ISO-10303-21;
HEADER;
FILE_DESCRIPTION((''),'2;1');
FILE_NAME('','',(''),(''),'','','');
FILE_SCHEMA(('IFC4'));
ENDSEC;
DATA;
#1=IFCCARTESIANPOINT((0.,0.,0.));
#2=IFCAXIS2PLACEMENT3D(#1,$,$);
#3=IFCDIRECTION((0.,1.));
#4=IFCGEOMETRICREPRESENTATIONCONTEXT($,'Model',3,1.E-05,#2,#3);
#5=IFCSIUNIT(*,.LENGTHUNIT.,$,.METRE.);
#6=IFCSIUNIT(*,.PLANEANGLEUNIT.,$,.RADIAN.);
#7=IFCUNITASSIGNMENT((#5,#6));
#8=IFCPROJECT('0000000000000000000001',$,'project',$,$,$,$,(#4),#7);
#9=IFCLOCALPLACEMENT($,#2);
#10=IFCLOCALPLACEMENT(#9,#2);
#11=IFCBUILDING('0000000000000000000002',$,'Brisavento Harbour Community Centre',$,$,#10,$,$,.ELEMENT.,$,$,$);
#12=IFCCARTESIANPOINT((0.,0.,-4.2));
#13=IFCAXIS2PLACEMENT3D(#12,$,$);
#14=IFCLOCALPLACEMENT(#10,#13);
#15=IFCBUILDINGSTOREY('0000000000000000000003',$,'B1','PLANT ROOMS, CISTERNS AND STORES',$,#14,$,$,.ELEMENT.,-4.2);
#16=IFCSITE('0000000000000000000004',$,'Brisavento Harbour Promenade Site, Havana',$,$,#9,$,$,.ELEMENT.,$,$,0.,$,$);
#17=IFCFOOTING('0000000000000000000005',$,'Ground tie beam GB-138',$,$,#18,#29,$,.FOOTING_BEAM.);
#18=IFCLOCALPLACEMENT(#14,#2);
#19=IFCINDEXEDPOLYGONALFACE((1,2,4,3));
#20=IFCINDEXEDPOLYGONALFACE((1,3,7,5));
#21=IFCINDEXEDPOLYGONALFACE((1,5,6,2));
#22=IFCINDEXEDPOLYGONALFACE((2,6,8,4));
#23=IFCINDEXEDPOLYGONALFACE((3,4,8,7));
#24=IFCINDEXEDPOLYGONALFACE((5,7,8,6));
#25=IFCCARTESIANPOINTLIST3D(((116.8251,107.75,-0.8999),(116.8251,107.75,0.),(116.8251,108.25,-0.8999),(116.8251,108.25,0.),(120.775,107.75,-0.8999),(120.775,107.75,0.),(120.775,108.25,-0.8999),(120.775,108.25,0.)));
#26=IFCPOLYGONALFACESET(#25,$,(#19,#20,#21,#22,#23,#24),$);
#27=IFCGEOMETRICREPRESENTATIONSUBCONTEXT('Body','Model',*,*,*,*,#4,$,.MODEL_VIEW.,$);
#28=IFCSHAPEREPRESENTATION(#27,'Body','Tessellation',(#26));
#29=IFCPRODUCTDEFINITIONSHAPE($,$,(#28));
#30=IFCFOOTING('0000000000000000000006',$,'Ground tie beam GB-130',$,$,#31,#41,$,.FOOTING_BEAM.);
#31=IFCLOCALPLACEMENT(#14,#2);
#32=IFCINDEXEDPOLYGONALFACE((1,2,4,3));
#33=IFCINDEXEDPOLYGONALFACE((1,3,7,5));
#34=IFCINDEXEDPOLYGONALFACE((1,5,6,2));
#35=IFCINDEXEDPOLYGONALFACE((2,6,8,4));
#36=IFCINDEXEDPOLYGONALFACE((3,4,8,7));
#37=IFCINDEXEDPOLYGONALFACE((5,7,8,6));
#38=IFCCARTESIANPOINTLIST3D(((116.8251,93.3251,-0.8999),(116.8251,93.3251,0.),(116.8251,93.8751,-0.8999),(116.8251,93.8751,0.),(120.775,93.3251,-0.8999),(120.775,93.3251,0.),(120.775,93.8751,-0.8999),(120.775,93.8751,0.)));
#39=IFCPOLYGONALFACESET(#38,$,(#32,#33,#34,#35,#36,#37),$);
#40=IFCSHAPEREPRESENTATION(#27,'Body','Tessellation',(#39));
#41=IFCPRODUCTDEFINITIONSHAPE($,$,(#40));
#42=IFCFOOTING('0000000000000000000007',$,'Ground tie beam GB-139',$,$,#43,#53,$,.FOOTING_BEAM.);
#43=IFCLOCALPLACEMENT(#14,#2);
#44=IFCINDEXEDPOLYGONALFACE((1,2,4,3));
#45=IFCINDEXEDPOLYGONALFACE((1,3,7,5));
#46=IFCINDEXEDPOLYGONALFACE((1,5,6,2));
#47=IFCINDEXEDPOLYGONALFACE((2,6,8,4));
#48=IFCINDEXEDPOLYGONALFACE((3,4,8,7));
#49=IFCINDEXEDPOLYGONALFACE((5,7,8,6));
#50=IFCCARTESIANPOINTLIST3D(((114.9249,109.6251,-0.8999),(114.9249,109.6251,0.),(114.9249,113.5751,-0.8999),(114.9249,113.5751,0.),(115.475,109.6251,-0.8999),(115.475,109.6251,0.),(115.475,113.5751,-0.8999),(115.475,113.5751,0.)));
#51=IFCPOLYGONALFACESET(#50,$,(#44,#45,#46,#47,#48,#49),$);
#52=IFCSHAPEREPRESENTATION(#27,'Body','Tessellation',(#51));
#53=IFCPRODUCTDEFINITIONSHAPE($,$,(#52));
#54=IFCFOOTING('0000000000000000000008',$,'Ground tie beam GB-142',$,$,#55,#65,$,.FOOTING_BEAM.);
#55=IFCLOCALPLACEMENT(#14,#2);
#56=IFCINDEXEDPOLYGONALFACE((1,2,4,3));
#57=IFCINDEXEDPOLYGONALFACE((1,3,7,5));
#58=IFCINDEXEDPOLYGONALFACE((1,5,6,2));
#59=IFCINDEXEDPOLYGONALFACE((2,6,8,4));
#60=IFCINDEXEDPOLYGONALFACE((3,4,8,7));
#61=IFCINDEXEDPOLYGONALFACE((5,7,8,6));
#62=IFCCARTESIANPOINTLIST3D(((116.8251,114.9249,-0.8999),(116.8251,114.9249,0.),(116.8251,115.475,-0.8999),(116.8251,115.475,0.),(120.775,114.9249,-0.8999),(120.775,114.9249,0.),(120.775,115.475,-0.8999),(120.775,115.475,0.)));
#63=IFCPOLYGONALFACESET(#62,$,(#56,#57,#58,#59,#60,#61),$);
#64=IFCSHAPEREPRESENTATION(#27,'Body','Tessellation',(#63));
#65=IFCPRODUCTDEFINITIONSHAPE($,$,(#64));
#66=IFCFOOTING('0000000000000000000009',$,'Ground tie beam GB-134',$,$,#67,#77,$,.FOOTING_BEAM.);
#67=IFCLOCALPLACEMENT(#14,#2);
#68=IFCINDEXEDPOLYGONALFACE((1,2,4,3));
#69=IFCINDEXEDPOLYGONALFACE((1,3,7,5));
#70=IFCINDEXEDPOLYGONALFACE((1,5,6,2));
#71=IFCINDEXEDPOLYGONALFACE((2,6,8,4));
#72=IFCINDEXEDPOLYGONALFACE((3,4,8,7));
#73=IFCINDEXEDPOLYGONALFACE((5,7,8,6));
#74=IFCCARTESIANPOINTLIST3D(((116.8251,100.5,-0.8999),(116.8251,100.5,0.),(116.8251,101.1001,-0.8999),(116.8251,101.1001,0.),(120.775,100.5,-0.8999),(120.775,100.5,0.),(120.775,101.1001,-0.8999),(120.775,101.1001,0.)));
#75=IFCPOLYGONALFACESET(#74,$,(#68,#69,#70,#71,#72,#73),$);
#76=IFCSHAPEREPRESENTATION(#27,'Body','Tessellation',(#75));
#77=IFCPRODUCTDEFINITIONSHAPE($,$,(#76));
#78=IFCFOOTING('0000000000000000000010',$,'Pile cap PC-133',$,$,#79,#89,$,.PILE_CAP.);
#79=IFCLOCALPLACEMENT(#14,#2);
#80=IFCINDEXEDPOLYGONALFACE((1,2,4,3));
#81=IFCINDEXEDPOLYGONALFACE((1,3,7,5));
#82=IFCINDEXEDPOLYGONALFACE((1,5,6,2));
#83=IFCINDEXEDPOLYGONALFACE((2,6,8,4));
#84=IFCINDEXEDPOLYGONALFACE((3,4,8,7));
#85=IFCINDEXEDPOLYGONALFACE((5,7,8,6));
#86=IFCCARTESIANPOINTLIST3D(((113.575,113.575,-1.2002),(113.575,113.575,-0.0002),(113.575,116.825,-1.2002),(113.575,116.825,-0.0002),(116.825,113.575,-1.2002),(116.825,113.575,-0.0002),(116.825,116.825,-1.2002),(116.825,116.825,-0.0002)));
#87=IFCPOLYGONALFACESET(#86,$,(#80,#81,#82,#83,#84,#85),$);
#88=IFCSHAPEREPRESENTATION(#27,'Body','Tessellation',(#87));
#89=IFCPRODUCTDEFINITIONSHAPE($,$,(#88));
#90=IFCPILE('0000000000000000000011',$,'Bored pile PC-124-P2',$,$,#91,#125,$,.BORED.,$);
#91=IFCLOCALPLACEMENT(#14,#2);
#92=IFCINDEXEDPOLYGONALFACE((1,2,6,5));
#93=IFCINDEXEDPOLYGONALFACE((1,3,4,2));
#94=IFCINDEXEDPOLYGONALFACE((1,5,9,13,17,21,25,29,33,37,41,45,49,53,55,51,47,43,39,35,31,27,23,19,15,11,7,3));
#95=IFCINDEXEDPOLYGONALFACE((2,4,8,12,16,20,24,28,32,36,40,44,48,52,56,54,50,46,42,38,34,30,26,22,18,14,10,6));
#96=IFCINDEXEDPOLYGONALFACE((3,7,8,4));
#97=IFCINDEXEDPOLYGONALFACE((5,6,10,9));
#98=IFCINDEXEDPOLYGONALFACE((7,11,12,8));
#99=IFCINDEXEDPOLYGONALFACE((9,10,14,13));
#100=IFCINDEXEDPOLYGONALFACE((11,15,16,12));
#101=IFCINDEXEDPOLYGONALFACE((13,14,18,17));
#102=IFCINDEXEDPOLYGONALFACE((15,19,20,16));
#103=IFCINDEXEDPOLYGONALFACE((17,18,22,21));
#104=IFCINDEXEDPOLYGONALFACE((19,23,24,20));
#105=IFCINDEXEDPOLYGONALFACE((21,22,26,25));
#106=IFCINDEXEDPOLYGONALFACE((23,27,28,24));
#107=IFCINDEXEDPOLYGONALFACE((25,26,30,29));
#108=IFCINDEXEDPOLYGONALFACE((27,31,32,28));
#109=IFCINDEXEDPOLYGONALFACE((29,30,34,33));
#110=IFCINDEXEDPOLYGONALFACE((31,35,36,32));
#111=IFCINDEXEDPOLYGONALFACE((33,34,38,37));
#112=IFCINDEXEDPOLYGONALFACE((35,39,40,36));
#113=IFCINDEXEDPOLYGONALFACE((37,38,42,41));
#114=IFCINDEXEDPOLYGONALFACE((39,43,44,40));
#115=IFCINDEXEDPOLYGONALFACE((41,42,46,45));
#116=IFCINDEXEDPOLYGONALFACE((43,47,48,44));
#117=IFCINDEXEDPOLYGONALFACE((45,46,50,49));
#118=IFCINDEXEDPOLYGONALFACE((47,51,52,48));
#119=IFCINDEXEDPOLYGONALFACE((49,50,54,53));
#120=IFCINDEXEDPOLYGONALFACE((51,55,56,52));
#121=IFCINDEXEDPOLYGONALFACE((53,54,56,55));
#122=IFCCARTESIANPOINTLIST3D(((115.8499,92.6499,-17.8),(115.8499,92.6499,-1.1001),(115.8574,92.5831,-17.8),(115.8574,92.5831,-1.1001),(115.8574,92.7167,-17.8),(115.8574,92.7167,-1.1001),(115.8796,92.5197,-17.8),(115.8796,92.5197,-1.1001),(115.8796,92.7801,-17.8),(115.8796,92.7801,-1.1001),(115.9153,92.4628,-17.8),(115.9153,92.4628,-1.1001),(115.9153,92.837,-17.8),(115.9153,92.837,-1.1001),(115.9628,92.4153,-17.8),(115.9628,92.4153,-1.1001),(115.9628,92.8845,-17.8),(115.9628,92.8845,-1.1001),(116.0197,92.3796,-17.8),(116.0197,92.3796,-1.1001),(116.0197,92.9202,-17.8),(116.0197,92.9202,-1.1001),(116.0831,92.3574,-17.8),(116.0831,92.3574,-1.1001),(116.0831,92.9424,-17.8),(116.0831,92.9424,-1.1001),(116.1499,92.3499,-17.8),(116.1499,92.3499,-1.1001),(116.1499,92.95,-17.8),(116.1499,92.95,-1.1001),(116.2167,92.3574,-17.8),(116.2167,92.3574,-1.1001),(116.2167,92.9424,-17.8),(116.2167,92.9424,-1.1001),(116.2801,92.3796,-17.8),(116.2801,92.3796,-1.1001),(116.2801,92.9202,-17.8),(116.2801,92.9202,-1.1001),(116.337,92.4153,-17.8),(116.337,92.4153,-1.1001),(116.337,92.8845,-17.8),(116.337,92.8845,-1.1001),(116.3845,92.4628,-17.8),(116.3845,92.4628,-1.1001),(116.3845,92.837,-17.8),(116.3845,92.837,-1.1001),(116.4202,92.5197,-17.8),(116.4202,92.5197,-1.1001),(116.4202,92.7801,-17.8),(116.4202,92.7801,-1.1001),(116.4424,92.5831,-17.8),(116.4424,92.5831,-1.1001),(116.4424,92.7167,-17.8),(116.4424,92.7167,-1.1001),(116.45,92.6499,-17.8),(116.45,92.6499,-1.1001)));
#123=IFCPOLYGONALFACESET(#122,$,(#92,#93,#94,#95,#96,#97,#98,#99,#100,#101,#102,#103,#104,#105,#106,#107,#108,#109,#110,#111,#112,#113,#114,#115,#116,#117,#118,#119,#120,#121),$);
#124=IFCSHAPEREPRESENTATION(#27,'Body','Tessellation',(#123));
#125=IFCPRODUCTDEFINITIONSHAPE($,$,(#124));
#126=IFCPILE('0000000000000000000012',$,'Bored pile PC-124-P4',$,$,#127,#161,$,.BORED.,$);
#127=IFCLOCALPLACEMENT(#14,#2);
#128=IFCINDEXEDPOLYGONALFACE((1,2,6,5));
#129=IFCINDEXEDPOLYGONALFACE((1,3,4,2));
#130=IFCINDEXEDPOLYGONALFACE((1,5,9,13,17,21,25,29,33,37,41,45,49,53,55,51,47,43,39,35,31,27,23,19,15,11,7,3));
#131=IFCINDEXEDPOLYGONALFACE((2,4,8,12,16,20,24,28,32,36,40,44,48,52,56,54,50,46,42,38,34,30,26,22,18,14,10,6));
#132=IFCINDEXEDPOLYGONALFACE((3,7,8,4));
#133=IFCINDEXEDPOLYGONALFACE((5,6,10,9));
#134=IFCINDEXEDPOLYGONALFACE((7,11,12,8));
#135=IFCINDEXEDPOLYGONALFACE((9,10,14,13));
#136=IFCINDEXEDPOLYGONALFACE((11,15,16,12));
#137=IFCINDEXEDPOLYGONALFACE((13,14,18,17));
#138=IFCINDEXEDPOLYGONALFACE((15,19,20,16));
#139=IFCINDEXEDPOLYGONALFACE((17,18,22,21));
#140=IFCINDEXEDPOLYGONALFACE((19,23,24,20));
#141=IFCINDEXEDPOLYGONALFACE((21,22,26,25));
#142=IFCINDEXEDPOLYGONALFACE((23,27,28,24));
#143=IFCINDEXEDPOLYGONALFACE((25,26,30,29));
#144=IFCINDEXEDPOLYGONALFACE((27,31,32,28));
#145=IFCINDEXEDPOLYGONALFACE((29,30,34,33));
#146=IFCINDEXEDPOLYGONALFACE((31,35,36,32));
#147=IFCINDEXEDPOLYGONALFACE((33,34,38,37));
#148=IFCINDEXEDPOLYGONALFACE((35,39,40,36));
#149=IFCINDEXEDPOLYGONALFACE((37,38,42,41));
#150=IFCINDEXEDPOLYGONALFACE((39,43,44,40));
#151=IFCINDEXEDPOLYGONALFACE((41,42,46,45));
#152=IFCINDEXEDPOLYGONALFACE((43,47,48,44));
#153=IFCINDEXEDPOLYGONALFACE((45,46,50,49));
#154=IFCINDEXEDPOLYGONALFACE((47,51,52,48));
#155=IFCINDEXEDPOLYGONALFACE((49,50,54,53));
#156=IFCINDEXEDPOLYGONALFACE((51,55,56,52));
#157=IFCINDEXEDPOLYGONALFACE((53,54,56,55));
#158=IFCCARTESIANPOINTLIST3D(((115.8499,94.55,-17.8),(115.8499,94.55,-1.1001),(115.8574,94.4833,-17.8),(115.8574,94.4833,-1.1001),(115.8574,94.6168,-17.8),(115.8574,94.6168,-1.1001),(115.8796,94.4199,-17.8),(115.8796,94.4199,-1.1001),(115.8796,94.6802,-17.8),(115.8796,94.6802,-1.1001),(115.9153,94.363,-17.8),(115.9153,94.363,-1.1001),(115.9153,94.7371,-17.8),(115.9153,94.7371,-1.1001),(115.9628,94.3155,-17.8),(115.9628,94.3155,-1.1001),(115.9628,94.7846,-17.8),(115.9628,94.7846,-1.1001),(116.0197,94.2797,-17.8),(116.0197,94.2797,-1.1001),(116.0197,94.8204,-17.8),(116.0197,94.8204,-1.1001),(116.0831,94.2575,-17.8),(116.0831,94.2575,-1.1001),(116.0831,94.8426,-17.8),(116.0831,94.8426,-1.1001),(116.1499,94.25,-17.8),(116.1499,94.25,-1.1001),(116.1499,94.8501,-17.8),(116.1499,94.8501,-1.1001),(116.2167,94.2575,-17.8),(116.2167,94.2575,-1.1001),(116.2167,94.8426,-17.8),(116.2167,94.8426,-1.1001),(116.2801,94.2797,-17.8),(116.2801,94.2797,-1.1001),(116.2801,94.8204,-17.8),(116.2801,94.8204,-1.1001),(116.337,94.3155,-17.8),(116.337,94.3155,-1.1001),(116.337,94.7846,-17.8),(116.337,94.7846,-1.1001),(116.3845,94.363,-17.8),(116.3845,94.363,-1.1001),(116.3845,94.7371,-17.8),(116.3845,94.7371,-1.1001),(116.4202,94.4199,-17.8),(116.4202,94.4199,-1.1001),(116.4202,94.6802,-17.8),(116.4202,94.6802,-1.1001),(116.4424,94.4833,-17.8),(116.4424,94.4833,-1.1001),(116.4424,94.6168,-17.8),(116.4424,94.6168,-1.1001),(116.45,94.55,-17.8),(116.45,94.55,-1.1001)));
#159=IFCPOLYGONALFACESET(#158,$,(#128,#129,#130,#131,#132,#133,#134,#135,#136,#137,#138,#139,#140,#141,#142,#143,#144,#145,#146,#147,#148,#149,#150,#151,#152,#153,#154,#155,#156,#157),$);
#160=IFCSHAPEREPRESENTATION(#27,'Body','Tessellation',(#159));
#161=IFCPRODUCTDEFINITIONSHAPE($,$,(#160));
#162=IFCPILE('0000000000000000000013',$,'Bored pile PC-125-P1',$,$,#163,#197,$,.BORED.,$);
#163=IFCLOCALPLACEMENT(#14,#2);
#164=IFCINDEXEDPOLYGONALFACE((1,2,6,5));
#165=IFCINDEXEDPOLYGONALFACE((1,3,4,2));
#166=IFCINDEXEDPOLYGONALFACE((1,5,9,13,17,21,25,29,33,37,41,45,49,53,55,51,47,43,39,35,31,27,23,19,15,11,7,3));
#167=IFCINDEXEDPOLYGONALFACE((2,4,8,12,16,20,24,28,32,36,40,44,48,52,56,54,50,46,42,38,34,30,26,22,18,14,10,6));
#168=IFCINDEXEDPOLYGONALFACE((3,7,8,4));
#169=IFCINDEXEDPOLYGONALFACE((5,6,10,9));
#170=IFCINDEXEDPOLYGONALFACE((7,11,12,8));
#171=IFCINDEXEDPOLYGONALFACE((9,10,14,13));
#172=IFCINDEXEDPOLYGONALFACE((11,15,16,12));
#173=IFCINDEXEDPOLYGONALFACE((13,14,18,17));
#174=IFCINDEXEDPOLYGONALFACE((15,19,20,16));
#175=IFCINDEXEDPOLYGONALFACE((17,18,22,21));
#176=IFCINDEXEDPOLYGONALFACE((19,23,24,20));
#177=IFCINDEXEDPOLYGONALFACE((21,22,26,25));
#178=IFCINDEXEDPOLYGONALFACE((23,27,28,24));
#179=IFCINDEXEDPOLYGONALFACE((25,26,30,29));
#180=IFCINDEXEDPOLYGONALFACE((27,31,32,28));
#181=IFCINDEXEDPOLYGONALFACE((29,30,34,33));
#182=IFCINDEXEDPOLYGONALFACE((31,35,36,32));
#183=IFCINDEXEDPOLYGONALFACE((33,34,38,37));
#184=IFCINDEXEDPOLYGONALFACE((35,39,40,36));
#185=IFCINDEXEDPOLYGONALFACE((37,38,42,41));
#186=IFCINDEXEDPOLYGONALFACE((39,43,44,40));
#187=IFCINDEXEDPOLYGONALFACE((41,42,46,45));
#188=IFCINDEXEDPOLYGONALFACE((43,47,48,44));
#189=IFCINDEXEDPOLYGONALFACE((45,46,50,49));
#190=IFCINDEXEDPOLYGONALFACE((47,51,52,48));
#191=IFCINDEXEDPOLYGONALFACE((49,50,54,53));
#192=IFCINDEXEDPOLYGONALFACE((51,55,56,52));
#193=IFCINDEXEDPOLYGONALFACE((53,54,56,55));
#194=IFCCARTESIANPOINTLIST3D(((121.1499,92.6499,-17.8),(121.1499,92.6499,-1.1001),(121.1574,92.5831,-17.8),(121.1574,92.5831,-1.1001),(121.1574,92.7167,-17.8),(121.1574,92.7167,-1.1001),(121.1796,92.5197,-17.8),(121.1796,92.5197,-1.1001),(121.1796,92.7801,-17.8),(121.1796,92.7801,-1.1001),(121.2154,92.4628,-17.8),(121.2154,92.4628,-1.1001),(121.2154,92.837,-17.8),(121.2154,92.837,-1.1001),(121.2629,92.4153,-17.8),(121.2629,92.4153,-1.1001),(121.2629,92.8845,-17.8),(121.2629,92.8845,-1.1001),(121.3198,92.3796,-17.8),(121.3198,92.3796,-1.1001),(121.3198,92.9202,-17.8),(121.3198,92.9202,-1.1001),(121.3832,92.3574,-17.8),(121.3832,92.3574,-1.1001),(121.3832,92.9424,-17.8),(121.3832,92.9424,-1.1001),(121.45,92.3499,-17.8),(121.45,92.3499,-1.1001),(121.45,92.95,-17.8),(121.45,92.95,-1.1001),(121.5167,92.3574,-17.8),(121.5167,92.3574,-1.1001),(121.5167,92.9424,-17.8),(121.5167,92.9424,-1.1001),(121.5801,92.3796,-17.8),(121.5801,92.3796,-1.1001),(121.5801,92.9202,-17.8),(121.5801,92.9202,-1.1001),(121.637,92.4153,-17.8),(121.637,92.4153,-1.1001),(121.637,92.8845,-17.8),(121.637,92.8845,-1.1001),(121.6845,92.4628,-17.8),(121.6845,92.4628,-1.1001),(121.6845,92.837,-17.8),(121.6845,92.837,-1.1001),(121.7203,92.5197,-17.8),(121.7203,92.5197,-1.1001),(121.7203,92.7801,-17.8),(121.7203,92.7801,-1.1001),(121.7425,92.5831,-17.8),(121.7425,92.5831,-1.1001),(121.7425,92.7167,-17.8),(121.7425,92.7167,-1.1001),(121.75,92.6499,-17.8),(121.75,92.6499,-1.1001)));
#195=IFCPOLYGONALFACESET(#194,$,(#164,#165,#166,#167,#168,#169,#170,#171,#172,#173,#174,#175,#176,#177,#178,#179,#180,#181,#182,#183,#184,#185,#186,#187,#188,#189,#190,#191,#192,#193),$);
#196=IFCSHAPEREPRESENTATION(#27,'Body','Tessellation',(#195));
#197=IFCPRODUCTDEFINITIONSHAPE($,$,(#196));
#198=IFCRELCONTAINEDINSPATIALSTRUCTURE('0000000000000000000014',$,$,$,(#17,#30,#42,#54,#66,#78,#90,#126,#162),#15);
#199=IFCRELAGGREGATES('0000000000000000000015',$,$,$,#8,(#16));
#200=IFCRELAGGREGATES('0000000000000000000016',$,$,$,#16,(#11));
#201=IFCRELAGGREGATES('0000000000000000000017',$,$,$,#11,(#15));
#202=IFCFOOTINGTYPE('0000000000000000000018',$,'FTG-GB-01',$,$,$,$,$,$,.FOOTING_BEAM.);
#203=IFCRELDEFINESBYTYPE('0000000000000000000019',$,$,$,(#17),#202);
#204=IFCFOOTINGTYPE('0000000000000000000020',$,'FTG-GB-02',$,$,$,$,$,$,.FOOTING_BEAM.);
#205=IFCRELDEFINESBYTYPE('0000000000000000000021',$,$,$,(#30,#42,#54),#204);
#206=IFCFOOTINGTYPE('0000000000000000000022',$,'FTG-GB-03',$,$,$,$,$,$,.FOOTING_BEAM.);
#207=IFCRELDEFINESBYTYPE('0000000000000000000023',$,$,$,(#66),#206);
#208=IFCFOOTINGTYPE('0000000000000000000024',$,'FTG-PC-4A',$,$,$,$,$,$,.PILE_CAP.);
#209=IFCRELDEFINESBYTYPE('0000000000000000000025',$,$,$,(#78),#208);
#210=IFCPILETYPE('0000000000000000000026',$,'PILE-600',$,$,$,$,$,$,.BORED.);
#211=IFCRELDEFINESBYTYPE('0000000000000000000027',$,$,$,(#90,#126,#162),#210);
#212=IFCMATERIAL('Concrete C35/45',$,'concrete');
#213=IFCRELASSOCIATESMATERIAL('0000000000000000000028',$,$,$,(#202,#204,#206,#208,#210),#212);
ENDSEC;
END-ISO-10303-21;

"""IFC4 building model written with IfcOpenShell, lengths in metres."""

from ifc_helpers import new_model, si_unit, direction, frame, origin, origin_2d, place, context, subcontext, project, spatial, rectangle, circle, extrude, material, material_profile, profile_set, type_object, element, save


model = new_model("IFC4")

# Units and contexts
model_context = context("Model", 3, precision=1e-05, world=origin(), true_north=direction((0.0, 1.0)))
body_context = subcontext(model_context, "Body", "Model", "MODEL_VIEW")
ifc_project = project(units=[si_unit("LENGTHUNIT", "METRE"), si_unit("PLANEANGLEUNIT", "RADIAN")], contexts=[model_context])

# Site, building, storey
site_placement = place(None, origin())
site = spatial("IfcSite", under=ifc_project, at=site_placement, Name="Brisavento Harbour Promenade Site, Havana", CompositionType="ELEMENT", RefElevation=0.0)
building_placement = place(site_placement, origin())
building = spatial("IfcBuilding", under=site, at=building_placement, Name="Brisavento Harbour Community Centre", CompositionType="ELEMENT")
storey_placement = place(building_placement, frame((0.0, 0.0, -4.2)))
storey = spatial("IfcBuildingStorey", under=building, at=storey_placement, Name="B1", Description="PLANT ROOMS, CISTERNS AND STORES", CompositionType="ELEMENT", Elevation=-4.2)

# Footings
ifc_material_1 = material(Name="Concrete C35/45", Category="concrete")
footing_type_1 = type_object("IfcFootingType", Name="FTG-GB-01", PredefinedType="FOOTING_BEAM", material=ifc_material_1)
footing_1_placement = place(storey_placement, frame((118.8, 108.0, -0.8999), z_axis=(0.0, 0.0, 1.0), x_axis=(1.0, 0.0, 0.0)))
element("IfcFooting", 1, at=footing_1_placement, inside=storey, type_object=footing_type_1, Name="Ground tie beam GB-138", PredefinedType="FOOTING_BEAM", context=body_context, shape_type="SweptSolid", body=[
    extrude(rectangle(XDim=3.95, YDim=0.5, at=origin_2d()), origin(), (0.0, 0.0, 1.0), 0.8999),
])
footing_type_2 = type_object("IfcFootingType", Name="FTG-GB-02", PredefinedType="FOOTING_BEAM", material=ifc_material_1)
footing_2_placement = place(storey_placement, frame((118.8, 93.6001, -0.8999), z_axis=(0.0, 0.0, 1.0), x_axis=(1.0, 0.0, 0.0)))
element("IfcFooting", 2, at=footing_2_placement, inside=storey, type_object=footing_type_2, Name="Ground tie beam GB-130", PredefinedType="FOOTING_BEAM", context=body_context, shape_type="SweptSolid", body=[
    extrude(rectangle(XDim=3.95, YDim=0.55, at=origin_2d()), origin(), (0.0, 0.0, 1.0), 0.8999),
])
footing_3_placement = place(storey_placement, frame((115.2, 111.6001, -0.8999), z_axis=(0.0, 0.0, 1.0), x_axis=(1.0, 0.0, 0.0)))
element("IfcFooting", 3, at=footing_3_placement, inside=storey, type_object=footing_type_2, Name="Ground tie beam GB-139", PredefinedType="FOOTING_BEAM", context=body_context, shape_type="SweptSolid", body=[
    extrude(rectangle(XDim=0.55, YDim=3.95, at=origin_2d()), origin(), (0.0, 0.0, 1.0), 0.8999),
])
footing_4_placement = place(storey_placement, frame((118.8, 115.2, -0.8999), z_axis=(0.0, 0.0, 1.0), x_axis=(1.0, 0.0, 0.0)))
element("IfcFooting", 4, at=footing_4_placement, inside=storey, type_object=footing_type_2, Name="Ground tie beam GB-142", PredefinedType="FOOTING_BEAM", context=body_context, shape_type="SweptSolid", body=[
    extrude(rectangle(XDim=3.95, YDim=0.55, at=origin_2d()), origin(), (0.0, 0.0, 1.0), 0.8999),
])
footing_type_3 = type_object("IfcFootingType", Name="FTG-GB-03", PredefinedType="FOOTING_BEAM", material=ifc_material_1)
footing_5_placement = place(storey_placement, frame((118.8, 100.8, -0.8999), z_axis=(0.0, 0.0, 1.0), x_axis=(1.0, 0.0, 0.0)))
element("IfcFooting", 5, at=footing_5_placement, inside=storey, type_object=footing_type_3, Name="Ground tie beam GB-134", PredefinedType="FOOTING_BEAM", context=body_context, shape_type="SweptSolid", body=[
    extrude(rectangle(XDim=3.95, YDim=0.6001, at=origin_2d()), origin(), (0.0, 0.0, 1.0), 0.8999),
])
footing_type_4 = type_object("IfcFootingType", Name="FTG-PC-4A", PredefinedType="PILE_CAP", material=ifc_material_1)
footing_6_placement = place(storey_placement, frame((115.2, 115.2, -1.2002), z_axis=(0.0, 0.0, 1.0), x_axis=(1.0, 0.0, 0.0)))
element("IfcFooting", 6, at=footing_6_placement, inside=storey, type_object=footing_type_4, Name="Pile cap PC-133", PredefinedType="PILE_CAP", context=body_context, shape_type="SweptSolid", body=[
    extrude(rectangle(XDim=3.25, YDim=3.25, at=origin_2d()), origin(), (0.0, 0.0, 1.0), 1.2),
])

# Piles
ifc_material_profile_1 = material_profile(ifc_material_1, circle(Radius=0.3, at=origin_2d()), Name="Concrete C35/45")
ifc_profile_set_1 = profile_set([ifc_material_profile_1], Name="Concrete C35/45")
pile_type = type_object("IfcPileType", Name="PILE-600", PredefinedType="BORED", material=ifc_profile_set_1)
for number, where, z_axis, x_axis, name in (
    (7, (116.1499, 92.6499, -1.1001), (0.0, 0.0, -1.0), (1.0, 0.0, 0.0), "Bored pile PC-124-P2"),
    (8, (116.1499, 94.55, -1.1001), (0.0, 0.0, -1.0), (1.0, 0.0, 0.0), "Bored pile PC-124-P4"),
    (9, (121.45, 92.6499, -1.1001), (0.0, 0.0, -1.0), (1.0, 0.0, 0.0), "Bored pile PC-125-P1"),
):
    element("IfcPile", number, at=place(storey_placement, frame(where, z_axis=z_axis, x_axis=x_axis)), inside=storey, type_object=pile_type, Name=name, PredefinedType="BORED", context=body_context, shape_type="SweptSolid", body=[
        extrude(circle(Radius=0.3, at=origin_2d()), origin(), (0.0, 0.0, 1.0), 16.7),
    ])

save(model, "model.ifc")
